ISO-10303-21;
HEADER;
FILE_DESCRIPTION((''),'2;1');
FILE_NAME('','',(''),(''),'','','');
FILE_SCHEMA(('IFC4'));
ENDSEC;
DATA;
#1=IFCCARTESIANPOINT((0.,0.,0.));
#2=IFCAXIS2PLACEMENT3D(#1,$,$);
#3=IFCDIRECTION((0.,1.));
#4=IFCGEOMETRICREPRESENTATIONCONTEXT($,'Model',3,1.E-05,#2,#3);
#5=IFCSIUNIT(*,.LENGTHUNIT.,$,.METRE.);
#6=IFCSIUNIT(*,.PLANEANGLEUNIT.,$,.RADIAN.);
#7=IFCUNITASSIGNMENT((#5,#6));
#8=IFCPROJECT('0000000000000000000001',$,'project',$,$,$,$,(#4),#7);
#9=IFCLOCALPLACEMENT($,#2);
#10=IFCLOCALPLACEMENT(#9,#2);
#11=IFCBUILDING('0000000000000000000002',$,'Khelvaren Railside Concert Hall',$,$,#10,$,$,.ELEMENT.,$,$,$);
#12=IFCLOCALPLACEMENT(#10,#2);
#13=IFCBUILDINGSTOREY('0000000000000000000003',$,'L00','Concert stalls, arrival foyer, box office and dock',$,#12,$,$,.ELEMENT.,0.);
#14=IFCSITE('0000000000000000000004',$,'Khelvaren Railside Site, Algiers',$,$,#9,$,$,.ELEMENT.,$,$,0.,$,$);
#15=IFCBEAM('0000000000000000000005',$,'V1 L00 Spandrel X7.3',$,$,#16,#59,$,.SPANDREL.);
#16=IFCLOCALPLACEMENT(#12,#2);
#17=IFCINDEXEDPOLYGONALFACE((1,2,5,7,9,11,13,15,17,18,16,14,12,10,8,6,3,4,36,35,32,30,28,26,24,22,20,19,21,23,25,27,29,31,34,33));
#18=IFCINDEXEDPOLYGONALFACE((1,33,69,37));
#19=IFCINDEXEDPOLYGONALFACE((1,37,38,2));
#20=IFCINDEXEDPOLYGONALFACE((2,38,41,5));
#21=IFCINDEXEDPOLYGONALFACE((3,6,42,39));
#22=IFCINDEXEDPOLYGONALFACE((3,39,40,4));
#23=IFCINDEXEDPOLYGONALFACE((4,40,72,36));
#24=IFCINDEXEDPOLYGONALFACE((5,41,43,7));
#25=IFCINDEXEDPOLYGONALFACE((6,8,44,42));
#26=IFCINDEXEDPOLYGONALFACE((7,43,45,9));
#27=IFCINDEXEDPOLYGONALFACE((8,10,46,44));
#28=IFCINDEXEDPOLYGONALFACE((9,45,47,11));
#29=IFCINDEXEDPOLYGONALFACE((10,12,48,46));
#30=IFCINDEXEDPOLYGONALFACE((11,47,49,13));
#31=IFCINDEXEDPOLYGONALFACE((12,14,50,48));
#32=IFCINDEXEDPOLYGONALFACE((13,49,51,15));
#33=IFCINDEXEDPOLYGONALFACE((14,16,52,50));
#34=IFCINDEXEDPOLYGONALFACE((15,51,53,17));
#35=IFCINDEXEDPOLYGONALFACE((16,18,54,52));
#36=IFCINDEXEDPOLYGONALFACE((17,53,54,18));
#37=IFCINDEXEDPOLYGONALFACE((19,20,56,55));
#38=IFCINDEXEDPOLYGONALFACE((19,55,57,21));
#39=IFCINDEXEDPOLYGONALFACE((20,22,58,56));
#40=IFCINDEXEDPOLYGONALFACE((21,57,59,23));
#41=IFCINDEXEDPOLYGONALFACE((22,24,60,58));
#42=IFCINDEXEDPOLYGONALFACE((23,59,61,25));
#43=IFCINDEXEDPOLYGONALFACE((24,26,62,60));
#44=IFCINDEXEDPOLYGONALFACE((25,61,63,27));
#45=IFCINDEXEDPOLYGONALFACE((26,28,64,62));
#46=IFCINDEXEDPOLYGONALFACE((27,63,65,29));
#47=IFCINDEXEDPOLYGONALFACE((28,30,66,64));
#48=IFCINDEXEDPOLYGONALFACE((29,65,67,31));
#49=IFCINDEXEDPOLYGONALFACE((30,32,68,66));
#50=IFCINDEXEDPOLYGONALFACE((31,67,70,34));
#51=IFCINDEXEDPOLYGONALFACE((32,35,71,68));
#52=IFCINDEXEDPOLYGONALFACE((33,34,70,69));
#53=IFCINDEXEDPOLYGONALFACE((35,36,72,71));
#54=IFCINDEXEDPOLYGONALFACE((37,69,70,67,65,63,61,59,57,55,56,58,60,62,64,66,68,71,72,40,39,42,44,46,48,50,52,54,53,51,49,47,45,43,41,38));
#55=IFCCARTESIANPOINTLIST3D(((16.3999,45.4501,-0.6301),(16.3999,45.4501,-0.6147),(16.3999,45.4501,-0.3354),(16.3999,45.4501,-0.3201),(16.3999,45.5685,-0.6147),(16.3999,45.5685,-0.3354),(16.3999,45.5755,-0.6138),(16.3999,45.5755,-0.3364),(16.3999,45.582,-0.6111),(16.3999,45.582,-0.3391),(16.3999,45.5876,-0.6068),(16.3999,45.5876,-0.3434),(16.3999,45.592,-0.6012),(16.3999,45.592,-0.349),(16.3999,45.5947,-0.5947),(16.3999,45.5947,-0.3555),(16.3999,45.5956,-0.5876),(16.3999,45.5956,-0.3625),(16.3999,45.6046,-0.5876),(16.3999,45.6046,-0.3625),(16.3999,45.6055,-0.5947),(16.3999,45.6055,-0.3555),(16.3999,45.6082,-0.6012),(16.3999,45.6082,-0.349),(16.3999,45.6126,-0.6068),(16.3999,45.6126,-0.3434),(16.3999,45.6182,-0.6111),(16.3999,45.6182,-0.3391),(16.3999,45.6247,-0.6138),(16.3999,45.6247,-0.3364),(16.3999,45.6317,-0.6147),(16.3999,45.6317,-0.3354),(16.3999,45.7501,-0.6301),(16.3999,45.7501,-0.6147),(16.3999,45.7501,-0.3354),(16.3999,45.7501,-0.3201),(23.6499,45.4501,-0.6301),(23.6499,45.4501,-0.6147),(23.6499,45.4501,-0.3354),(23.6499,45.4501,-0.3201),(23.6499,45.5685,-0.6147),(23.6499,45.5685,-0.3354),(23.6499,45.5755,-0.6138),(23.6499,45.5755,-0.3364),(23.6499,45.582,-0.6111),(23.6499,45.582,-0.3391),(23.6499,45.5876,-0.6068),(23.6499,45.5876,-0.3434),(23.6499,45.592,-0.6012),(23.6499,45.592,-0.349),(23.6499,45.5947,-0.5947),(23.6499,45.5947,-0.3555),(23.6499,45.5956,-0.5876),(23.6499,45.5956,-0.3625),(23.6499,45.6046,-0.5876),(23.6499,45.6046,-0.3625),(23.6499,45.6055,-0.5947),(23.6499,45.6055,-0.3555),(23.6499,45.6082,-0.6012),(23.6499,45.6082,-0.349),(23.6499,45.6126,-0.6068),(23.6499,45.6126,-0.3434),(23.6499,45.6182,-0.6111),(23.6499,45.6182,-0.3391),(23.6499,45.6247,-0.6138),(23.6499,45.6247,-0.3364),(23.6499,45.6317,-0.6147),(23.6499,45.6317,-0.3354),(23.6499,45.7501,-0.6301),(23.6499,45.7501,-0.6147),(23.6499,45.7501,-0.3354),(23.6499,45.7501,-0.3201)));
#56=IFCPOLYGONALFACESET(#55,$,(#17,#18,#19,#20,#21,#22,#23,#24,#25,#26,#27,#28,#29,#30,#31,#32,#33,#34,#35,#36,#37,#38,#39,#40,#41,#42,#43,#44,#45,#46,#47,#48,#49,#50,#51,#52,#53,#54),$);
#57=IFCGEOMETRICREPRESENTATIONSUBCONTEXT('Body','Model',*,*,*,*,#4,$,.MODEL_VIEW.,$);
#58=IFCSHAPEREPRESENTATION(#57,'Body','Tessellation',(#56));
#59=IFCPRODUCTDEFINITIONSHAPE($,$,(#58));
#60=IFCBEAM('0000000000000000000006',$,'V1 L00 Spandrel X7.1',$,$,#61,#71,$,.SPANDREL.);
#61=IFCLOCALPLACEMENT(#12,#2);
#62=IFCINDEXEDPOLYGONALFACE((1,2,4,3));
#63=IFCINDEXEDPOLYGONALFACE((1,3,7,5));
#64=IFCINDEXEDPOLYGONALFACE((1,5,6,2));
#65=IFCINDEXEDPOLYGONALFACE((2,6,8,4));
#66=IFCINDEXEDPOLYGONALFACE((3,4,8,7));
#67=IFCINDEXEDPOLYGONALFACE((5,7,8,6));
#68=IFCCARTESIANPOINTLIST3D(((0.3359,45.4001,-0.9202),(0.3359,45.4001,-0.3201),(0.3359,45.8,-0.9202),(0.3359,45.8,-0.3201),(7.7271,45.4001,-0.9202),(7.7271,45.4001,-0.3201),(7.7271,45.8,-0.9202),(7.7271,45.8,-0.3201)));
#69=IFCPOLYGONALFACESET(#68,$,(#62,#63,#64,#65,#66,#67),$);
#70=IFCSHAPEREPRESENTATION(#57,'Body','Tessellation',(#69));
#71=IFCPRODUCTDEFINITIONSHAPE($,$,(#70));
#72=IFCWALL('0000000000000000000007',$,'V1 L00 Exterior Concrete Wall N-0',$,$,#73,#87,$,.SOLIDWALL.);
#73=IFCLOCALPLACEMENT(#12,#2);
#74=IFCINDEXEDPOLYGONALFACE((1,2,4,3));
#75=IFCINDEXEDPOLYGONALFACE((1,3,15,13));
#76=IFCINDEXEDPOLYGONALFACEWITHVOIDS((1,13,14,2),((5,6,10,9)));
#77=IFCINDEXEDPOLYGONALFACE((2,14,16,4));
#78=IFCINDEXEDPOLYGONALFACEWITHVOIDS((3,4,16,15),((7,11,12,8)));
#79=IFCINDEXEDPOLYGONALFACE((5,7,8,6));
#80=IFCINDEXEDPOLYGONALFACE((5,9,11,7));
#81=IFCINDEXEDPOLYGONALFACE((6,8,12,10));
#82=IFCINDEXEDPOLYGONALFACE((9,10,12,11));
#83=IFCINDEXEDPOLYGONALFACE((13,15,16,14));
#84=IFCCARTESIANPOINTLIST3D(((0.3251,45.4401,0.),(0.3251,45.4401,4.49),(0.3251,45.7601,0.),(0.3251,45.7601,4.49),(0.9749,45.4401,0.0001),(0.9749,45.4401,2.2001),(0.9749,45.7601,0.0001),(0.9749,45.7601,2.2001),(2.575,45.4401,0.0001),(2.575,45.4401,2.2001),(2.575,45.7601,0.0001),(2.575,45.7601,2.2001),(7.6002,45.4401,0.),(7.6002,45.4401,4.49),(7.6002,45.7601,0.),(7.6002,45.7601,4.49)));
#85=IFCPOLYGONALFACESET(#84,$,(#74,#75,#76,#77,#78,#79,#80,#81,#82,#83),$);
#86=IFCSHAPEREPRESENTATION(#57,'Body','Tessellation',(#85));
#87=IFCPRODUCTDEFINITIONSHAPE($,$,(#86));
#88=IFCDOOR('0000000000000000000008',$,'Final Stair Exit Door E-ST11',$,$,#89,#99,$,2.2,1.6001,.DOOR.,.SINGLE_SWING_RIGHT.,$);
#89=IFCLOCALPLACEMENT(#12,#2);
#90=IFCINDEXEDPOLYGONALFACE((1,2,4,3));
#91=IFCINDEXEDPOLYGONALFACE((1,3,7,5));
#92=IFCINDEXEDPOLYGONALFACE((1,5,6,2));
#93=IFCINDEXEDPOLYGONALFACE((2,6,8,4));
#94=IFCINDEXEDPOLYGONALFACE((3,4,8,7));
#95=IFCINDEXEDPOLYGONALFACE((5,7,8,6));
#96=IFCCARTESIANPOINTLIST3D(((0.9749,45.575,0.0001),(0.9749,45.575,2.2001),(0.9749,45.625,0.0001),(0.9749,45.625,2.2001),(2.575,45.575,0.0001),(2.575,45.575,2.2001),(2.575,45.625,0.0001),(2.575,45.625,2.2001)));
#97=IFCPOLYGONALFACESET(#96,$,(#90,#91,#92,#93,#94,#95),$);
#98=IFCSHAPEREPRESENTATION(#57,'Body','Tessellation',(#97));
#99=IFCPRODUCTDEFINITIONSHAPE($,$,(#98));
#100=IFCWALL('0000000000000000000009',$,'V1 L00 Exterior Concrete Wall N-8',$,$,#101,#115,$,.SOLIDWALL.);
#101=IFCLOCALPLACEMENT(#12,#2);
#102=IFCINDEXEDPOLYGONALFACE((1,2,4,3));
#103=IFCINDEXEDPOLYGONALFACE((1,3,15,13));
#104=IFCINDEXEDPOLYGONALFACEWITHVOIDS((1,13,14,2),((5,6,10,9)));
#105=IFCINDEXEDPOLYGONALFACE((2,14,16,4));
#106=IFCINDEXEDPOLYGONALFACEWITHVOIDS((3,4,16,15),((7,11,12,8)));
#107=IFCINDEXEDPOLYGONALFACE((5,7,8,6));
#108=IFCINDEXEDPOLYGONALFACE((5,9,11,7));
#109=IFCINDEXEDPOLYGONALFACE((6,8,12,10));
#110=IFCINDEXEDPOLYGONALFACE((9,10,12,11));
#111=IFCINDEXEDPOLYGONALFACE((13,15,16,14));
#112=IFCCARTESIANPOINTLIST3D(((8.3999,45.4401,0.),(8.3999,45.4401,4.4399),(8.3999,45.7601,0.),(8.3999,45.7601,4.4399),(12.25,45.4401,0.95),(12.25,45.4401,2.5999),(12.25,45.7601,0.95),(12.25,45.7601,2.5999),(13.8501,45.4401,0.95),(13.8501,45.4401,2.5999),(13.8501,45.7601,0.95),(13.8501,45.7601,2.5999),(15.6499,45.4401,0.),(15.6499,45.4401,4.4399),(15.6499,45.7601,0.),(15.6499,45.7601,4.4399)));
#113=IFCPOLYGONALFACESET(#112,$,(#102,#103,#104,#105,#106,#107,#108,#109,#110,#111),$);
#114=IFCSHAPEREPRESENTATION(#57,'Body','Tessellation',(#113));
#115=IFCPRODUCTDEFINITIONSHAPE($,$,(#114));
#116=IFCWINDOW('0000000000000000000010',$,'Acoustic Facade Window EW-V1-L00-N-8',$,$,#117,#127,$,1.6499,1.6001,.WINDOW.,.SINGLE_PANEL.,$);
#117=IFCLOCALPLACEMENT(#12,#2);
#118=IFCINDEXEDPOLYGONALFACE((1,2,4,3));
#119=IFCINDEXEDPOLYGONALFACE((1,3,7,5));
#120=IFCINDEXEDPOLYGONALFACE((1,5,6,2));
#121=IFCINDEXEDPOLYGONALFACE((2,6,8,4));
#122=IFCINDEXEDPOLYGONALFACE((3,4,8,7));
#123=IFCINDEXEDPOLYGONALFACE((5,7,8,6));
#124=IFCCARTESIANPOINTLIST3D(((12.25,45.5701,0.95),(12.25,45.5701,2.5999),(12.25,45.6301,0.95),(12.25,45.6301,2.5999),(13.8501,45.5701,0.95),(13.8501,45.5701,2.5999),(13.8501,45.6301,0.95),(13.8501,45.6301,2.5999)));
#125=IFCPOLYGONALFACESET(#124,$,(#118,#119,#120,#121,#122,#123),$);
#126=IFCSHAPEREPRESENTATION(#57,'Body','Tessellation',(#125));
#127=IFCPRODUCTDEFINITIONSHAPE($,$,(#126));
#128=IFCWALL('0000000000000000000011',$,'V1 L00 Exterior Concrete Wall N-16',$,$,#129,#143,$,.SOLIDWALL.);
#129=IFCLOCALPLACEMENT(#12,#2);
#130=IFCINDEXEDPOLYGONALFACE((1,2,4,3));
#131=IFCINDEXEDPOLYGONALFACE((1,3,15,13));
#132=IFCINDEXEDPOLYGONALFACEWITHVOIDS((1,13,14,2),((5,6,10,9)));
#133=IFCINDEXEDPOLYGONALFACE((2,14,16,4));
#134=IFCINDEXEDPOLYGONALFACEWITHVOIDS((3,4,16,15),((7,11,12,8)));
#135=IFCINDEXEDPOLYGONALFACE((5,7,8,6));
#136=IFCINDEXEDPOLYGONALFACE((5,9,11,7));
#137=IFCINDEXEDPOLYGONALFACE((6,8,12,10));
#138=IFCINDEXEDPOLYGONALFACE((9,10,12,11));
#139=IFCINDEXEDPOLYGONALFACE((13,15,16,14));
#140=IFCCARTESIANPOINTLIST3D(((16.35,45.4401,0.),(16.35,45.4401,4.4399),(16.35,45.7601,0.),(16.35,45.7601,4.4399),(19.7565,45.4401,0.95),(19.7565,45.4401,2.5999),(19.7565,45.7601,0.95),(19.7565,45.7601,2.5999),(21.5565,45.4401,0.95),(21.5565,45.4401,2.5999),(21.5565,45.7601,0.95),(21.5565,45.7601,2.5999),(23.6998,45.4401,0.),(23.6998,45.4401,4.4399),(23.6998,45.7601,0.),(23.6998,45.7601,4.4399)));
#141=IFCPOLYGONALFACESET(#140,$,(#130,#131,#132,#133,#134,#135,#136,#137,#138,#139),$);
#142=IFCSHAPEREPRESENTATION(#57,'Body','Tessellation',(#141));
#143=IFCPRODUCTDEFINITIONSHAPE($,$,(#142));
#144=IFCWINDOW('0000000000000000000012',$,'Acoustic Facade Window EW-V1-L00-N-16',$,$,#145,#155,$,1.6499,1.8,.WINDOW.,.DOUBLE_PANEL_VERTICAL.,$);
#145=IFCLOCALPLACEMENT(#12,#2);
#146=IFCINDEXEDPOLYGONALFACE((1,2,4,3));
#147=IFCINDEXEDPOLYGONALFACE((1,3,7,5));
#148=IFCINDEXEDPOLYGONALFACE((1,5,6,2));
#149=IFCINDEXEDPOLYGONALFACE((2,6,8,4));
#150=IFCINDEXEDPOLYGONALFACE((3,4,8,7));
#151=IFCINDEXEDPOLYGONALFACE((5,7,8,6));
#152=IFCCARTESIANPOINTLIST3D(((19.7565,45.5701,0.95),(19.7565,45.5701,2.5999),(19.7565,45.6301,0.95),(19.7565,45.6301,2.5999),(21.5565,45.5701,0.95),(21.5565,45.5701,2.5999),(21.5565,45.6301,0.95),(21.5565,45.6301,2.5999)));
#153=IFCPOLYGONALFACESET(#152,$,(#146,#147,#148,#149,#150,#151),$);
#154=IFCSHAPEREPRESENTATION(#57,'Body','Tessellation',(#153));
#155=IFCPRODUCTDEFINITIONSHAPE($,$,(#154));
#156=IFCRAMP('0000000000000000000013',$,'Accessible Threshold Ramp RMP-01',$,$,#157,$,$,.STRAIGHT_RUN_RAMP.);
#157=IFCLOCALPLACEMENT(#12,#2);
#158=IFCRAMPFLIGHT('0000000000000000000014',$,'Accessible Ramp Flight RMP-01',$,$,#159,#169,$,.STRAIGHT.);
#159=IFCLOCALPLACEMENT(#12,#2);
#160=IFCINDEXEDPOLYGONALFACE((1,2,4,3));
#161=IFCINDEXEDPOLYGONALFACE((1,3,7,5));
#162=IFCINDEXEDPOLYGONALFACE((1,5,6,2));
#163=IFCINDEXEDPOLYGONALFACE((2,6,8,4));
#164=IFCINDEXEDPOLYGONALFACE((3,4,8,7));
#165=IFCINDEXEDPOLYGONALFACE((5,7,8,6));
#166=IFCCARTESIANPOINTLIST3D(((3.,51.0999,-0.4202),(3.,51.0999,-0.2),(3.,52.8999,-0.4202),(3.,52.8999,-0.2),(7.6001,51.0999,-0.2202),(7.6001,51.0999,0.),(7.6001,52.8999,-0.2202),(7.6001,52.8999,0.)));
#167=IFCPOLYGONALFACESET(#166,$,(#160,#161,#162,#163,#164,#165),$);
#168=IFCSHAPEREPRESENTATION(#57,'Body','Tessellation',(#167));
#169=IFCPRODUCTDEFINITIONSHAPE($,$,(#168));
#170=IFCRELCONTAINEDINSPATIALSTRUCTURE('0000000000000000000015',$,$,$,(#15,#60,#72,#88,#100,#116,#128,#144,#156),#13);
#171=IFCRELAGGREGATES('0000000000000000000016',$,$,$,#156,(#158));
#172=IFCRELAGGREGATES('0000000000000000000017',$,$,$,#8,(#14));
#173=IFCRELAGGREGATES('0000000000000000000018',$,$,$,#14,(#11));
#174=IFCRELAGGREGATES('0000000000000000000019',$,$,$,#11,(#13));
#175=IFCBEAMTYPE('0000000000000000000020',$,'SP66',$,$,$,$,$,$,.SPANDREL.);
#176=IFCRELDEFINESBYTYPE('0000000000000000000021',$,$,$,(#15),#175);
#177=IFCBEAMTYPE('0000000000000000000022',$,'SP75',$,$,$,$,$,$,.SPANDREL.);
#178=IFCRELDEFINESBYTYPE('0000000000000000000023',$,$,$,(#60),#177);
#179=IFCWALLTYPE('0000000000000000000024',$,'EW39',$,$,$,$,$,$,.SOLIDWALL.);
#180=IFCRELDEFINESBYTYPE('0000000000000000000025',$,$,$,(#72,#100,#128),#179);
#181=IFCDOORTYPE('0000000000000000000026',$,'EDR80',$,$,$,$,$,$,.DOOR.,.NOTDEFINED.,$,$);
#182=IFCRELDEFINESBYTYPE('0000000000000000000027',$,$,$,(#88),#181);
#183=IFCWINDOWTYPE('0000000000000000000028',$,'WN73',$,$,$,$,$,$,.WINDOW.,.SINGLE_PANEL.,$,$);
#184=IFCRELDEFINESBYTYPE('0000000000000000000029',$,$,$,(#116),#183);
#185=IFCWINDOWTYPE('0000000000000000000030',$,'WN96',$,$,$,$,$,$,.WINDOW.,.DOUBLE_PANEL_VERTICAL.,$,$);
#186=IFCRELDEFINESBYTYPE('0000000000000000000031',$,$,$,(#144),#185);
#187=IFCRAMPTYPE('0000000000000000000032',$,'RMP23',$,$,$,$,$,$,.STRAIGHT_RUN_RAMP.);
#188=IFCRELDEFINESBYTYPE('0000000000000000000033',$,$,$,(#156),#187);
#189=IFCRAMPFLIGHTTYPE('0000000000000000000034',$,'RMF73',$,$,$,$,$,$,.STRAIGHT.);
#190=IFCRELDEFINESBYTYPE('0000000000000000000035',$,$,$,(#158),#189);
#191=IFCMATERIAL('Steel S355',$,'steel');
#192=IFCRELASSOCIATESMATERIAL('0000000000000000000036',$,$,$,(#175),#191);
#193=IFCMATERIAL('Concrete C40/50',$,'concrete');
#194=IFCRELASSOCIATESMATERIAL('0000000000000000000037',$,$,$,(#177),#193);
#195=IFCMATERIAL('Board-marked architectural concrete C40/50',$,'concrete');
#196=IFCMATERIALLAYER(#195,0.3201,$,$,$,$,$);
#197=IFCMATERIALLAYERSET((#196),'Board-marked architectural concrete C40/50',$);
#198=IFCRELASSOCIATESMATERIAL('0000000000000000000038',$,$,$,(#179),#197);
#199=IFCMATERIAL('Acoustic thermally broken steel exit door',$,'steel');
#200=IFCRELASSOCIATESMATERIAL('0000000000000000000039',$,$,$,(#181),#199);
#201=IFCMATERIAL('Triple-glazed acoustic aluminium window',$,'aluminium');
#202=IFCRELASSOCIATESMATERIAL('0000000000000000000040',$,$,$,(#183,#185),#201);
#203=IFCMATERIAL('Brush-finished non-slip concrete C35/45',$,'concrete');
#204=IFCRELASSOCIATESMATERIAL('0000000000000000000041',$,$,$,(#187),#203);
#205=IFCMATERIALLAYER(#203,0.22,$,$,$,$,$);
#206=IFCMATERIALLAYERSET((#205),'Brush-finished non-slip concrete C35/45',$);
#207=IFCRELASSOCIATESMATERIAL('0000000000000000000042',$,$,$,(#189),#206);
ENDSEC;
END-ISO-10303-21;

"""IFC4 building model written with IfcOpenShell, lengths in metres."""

from ifc_helpers import new_model, si_unit, direction, frame, frame_2d, origin, origin_2d, place, context, subcontext, project, spatial, polyline, rectangle, i_section, outline, extrude, material, layer, layer_set, material_profile, profile_set, type_object, element, fill, aggregate, save


model = new_model("IFC4")

# Units and contexts
model_context = context("Model", 3, precision=1e-05, world=origin(), true_north=direction((0.0, 1.0)))
body_context = subcontext(model_context, "Body", "Model", "MODEL_VIEW")
ifc_project = project(units=[si_unit("LENGTHUNIT", "METRE"), si_unit("PLANEANGLEUNIT", "RADIAN")], contexts=[model_context])

# Site, building, storey
site_placement = place(None, origin())
site = spatial("IfcSite", under=ifc_project, at=site_placement, Name="Khelvaren Railside Site, Algiers", CompositionType="ELEMENT", RefElevation=0.0)
building_placement = place(site_placement, origin())
building = spatial("IfcBuilding", under=site, at=building_placement, Name="Khelvaren Railside Concert Hall", CompositionType="ELEMENT")
storey_placement = place(building_placement, origin())
storey = spatial("IfcBuildingStorey", under=building, at=storey_placement, Name="L00", Description="Concert stalls, arrival foyer, box office and dock", CompositionType="ELEMENT", Elevation=0.0)

# Shared definitions
ifc_material_1 = material(Name="Steel S355", Category="steel")

# Beams
ifc_material_2 = material(Name="Concrete C40/50", Category="concrete")
ifc_material_profile_1 = material_profile(ifc_material_1, i_section(OverallWidth=0.3, OverallDepth=0.3101, WebThickness=0.009, FlangeThickness=0.0154, FilletRadius=0.0271, at=origin_2d()), Name="HEA 320")
ifc_profile_set_1 = profile_set([ifc_material_profile_1], Name="Steel S355")
beam_type_1 = type_object("IfcBeamType", Name="SP66", PredefinedType="SPANDREL", material=ifc_profile_set_1)
beam_1_placement = place(storey_placement, frame((16.3999, 45.6001, -0.4751), z_axis=(1.0, 0.0, 0.0), x_axis=(0.0, 1.0, 0.0)))
element("IfcBeam", 1, at=beam_1_placement, inside=storey, type_object=beam_type_1, Name="V1 L00 Spandrel X7.3", PredefinedType="SPANDREL", context=body_context, shape_type="SweptSolid", body=[
    extrude(i_section(OverallWidth=0.3, OverallDepth=0.3101, WebThickness=0.009, FlangeThickness=0.0154, FilletRadius=0.0271, at=origin_2d()), origin(), (0.0, 0.0, 1.0), 7.25),
])
ifc_material_profile_2 = material_profile(ifc_material_2, rectangle(XDim=0.3999, YDim=0.6001, at=origin_2d()), Name="RCB 400x600")
ifc_profile_set_2 = profile_set([ifc_material_profile_2], Name="Concrete C40/50")
beam_type_2 = type_object("IfcBeamType", Name="SP75", PredefinedType="SPANDREL", material=ifc_profile_set_2)
beam_2_placement = place(storey_placement, frame((0.3359, 45.6001, -0.6201), z_axis=(1.0, 0.0, 0.0), x_axis=(0.0, 1.0, 0.0)))
element("IfcBeam", 2, at=beam_2_placement, inside=storey, type_object=beam_type_2, Name="V1 L00 Spandrel X7.1", PredefinedType="SPANDREL", context=body_context, shape_type="SweptSolid", body=[
    extrude(rectangle(XDim=0.3999, YDim=0.6001, at=origin_2d()), origin(), (0.0, 0.0, 1.0), 7.3911),
])

# Wall, opening, door
ifc_material_3 = material(Name="Board-marked architectural concrete C40/50", Category="concrete")
ifc_layer_1 = layer(ifc_material_3, 0.3201)
ifc_layer_set_1 = layer_set([ifc_layer_1], Name="Board-marked architectural concrete C40/50")
wall_type = type_object("IfcWallType", Name="EW39", PredefinedType="SOLIDWALL", material=ifc_layer_set_1)
wall_1_placement = place(storey_placement, frame((0.325, 45.6001, 0.0), z_axis=(0.0, 0.0, 1.0), x_axis=(1.0, 0.0, 0.0)))
wall_1 = element("IfcWall", 3, at=wall_1_placement, inside=storey, type_object=wall_type, Name="V1 L00 Exterior Concrete Wall N-0", PredefinedType="SOLIDWALL", context=body_context, shape_type="SweptSolid", body=[
    extrude(rectangle(XDim=7.2751, YDim=0.3201, at=frame_2d((3.6377, 0.0))), origin(), (0.0, 0.0, 1.0), 4.49),
])
opening_1_placement = place(wall_1_placement, frame((0.6499, 0.0, 0.0)))
opening_1 = element("IfcOpeningElement", 4, at=opening_1_placement, cuts=wall_1, PredefinedType="OPENING", context=body_context, shape_type="SweptSolid", body=[
    extrude(rectangle(XDim=1.6001, YDim=2.2, at=frame_2d((0.8, 1.1001))), frame((0.0, 0.1699, 0.0), z_axis=(0.0, -1.0, 0.0), x_axis=(1.0, 0.0, 0.0)), (0.0, 0.0, 1.0), 0.3401),
])
ifc_material_4 = material(Name="Acoustic thermally broken steel exit door", Category="steel")
door_type = type_object("IfcDoorType", Name="EDR80", OperationType="NOTDEFINED", PredefinedType="DOOR", material=ifc_material_4)
door_placement = place(opening_1_placement, origin())
door = element("IfcDoor", 5, at=door_placement, inside=storey, type_object=door_type, Name="Final Stair Exit Door E-ST11", OperationType="SINGLE_SWING_RIGHT", OverallHeight=2.2, OverallWidth=1.6001, PredefinedType="DOOR", context=body_context, shape_type="SweptSolid", body=[
    extrude(rectangle(XDim=1.6001, YDim=2.2, at=frame_2d((0.8, 1.1001))), frame((0.0, 0.0249, 0.0), z_axis=(0.0, -1.0, 0.0), x_axis=(1.0, 0.0, 0.0)), (0.0, 0.0, 1.0), 0.05),
])
fill(opening_1, door)

# Walls, openings, windows
wall_2_placement = place(storey_placement, frame((8.3999, 45.6001, 0.0), z_axis=(0.0, 0.0, 1.0), x_axis=(1.0, 0.0, 0.0)))
wall_2 = element("IfcWall", 6, at=wall_2_placement, inside=storey, type_object=wall_type, Name="V1 L00 Exterior Concrete Wall N-8", PredefinedType="SOLIDWALL", context=body_context, shape_type="SweptSolid", body=[
    extrude(rectangle(XDim=7.25, YDim=0.3201, at=frame_2d((3.625, 0.0))), origin(), (0.0, 0.0, 1.0), 4.4399),
])
opening_2_placement = place(wall_2_placement, frame((3.8501, 0.0, 0.95)))
opening_2 = element("IfcOpeningElement", 7, at=opening_2_placement, cuts=wall_2, PredefinedType="OPENING", context=body_context, shape_type="SweptSolid", body=[
    extrude(rectangle(XDim=1.6001, YDim=1.6499, at=frame_2d((0.8, 0.825))), frame((0.0, 0.1699, 0.0), z_axis=(0.0, -1.0, 0.0), x_axis=(1.0, 0.0, 0.0)), (0.0, 0.0, 1.0), 0.3401),
])
ifc_material_5 = material(Name="Triple-glazed acoustic aluminium window", Category="aluminium")
window_type_1 = type_object("IfcWindowType", Name="WN73", PartitioningType="SINGLE_PANEL", PredefinedType="WINDOW", material=ifc_material_5)
window_1_placement = place(opening_2_placement, origin())
window_1 = element("IfcWindow", 8, at=window_1_placement, inside=storey, type_object=window_type_1, Name="Acoustic Facade Window EW-V1-L00-N-8", OverallHeight=1.6499, OverallWidth=1.6001, PartitioningType="SINGLE_PANEL", PredefinedType="WINDOW", context=body_context, shape_type="SweptSolid", body=[
    extrude(rectangle(XDim=1.6001, YDim=1.6499, at=frame_2d((0.8, 0.825))), frame((0.0, 0.03, 0.0), z_axis=(0.0, -1.0, 0.0), x_axis=(1.0, 0.0, 0.0)), (0.0, 0.0, 1.0), 0.0601),
])
fill(opening_2, window_1)
wall_3_placement = place(storey_placement, frame((16.3501, 45.6001, 0.0), z_axis=(0.0, 0.0, 1.0), x_axis=(1.0, 0.0, 0.0)))
wall_3 = element("IfcWall", 9, at=wall_3_placement, inside=storey, type_object=wall_type, Name="V1 L00 Exterior Concrete Wall N-16", PredefinedType="SOLIDWALL", context=body_context, shape_type="SweptSolid", body=[
    extrude(rectangle(XDim=7.3499, YDim=0.3201, at=frame_2d((3.6748, 0.0))), origin(), (0.0, 0.0, 1.0), 4.4399),
])
opening_3_placement = place(wall_3_placement, frame((3.4065, 0.0, 0.95)))
opening_3 = element("IfcOpeningElement", 10, at=opening_3_placement, cuts=wall_3, PredefinedType="OPENING", context=body_context, shape_type="SweptSolid", body=[
    extrude(rectangle(XDim=1.8, YDim=1.6499, at=frame_2d((0.8999, 0.825))), frame((0.0, 0.1699, 0.0), z_axis=(0.0, -1.0, 0.0), x_axis=(1.0, 0.0, 0.0)), (0.0, 0.0, 1.0), 0.3401),
])
window_type_2 = type_object("IfcWindowType", Name="WN96", PartitioningType="DOUBLE_PANEL_VERTICAL", PredefinedType="WINDOW", material=ifc_material_5)
window_2_placement = place(opening_3_placement, origin())
window_2 = element("IfcWindow", 11, at=window_2_placement, inside=storey, type_object=window_type_2, Name="Acoustic Facade Window EW-V1-L00-N-16", OverallHeight=1.6499, OverallWidth=1.8, PartitioningType="DOUBLE_PANEL_VERTICAL", PredefinedType="WINDOW", context=body_context, shape_type="SweptSolid", body=[
    extrude(rectangle(XDim=1.8, YDim=1.6499, at=frame_2d((0.8999, 0.825))), frame((0.0, 0.03, 0.0), z_axis=(0.0, -1.0, 0.0), x_axis=(1.0, 0.0, 0.0)), (0.0, 0.0, 1.0), 0.0601),
])
fill(opening_3, window_2)

# Ramp, ramp flight
ifc_material_6 = material(Name="Brush-finished non-slip concrete C35/45", Category="concrete")
ramp_type = type_object("IfcRampType", Name="RMP23", PredefinedType="STRAIGHT_RUN_RAMP", material=ifc_material_6)
ramp_placement = place(storey_placement, origin())
ramp = element("IfcRamp", 12, at=ramp_placement, inside=storey, type_object=ramp_type, Name="Accessible Threshold Ramp RMP-01", PredefinedType="STRAIGHT_RUN_RAMP")
ifc_layer_2 = layer(ifc_material_6, 0.22)
ifc_layer_set_2 = layer_set([ifc_layer_2], Name="Brush-finished non-slip concrete C35/45")
ramp_flight_type = type_object("IfcRampFlightType", Name="RMF73", PredefinedType="STRAIGHT", material=ifc_layer_set_2)
ramp_flight_placement = place(storey_placement, frame((3.0, 52.0, -0.2), z_axis=(0.0, 0.0, 1.0), x_axis=(1.0, 0.0, 0.0)))
ramp_flight = element("IfcRampFlight", 13, at=ramp_flight_placement, type_object=ramp_flight_type, Name="Accessible Ramp Flight RMP-01", PredefinedType="STRAIGHT", context=body_context, shape_type="SweptSolid", body=[
    extrude(outline(polyline([(0.0, 0.0), (4.6001, 0.2), (4.6001, -0.0203), (0.0, -0.2202), (0.0, 0.0)])), frame((0.0, 0.8999, 0.0), z_axis=(0.0, -1.0, 0.0), x_axis=(1.0, 0.0, 0.0)), (0.0, 0.0, 1.0), 1.8),
])
aggregate(ramp, [ramp_flight])

save(model, "model.ifc")
